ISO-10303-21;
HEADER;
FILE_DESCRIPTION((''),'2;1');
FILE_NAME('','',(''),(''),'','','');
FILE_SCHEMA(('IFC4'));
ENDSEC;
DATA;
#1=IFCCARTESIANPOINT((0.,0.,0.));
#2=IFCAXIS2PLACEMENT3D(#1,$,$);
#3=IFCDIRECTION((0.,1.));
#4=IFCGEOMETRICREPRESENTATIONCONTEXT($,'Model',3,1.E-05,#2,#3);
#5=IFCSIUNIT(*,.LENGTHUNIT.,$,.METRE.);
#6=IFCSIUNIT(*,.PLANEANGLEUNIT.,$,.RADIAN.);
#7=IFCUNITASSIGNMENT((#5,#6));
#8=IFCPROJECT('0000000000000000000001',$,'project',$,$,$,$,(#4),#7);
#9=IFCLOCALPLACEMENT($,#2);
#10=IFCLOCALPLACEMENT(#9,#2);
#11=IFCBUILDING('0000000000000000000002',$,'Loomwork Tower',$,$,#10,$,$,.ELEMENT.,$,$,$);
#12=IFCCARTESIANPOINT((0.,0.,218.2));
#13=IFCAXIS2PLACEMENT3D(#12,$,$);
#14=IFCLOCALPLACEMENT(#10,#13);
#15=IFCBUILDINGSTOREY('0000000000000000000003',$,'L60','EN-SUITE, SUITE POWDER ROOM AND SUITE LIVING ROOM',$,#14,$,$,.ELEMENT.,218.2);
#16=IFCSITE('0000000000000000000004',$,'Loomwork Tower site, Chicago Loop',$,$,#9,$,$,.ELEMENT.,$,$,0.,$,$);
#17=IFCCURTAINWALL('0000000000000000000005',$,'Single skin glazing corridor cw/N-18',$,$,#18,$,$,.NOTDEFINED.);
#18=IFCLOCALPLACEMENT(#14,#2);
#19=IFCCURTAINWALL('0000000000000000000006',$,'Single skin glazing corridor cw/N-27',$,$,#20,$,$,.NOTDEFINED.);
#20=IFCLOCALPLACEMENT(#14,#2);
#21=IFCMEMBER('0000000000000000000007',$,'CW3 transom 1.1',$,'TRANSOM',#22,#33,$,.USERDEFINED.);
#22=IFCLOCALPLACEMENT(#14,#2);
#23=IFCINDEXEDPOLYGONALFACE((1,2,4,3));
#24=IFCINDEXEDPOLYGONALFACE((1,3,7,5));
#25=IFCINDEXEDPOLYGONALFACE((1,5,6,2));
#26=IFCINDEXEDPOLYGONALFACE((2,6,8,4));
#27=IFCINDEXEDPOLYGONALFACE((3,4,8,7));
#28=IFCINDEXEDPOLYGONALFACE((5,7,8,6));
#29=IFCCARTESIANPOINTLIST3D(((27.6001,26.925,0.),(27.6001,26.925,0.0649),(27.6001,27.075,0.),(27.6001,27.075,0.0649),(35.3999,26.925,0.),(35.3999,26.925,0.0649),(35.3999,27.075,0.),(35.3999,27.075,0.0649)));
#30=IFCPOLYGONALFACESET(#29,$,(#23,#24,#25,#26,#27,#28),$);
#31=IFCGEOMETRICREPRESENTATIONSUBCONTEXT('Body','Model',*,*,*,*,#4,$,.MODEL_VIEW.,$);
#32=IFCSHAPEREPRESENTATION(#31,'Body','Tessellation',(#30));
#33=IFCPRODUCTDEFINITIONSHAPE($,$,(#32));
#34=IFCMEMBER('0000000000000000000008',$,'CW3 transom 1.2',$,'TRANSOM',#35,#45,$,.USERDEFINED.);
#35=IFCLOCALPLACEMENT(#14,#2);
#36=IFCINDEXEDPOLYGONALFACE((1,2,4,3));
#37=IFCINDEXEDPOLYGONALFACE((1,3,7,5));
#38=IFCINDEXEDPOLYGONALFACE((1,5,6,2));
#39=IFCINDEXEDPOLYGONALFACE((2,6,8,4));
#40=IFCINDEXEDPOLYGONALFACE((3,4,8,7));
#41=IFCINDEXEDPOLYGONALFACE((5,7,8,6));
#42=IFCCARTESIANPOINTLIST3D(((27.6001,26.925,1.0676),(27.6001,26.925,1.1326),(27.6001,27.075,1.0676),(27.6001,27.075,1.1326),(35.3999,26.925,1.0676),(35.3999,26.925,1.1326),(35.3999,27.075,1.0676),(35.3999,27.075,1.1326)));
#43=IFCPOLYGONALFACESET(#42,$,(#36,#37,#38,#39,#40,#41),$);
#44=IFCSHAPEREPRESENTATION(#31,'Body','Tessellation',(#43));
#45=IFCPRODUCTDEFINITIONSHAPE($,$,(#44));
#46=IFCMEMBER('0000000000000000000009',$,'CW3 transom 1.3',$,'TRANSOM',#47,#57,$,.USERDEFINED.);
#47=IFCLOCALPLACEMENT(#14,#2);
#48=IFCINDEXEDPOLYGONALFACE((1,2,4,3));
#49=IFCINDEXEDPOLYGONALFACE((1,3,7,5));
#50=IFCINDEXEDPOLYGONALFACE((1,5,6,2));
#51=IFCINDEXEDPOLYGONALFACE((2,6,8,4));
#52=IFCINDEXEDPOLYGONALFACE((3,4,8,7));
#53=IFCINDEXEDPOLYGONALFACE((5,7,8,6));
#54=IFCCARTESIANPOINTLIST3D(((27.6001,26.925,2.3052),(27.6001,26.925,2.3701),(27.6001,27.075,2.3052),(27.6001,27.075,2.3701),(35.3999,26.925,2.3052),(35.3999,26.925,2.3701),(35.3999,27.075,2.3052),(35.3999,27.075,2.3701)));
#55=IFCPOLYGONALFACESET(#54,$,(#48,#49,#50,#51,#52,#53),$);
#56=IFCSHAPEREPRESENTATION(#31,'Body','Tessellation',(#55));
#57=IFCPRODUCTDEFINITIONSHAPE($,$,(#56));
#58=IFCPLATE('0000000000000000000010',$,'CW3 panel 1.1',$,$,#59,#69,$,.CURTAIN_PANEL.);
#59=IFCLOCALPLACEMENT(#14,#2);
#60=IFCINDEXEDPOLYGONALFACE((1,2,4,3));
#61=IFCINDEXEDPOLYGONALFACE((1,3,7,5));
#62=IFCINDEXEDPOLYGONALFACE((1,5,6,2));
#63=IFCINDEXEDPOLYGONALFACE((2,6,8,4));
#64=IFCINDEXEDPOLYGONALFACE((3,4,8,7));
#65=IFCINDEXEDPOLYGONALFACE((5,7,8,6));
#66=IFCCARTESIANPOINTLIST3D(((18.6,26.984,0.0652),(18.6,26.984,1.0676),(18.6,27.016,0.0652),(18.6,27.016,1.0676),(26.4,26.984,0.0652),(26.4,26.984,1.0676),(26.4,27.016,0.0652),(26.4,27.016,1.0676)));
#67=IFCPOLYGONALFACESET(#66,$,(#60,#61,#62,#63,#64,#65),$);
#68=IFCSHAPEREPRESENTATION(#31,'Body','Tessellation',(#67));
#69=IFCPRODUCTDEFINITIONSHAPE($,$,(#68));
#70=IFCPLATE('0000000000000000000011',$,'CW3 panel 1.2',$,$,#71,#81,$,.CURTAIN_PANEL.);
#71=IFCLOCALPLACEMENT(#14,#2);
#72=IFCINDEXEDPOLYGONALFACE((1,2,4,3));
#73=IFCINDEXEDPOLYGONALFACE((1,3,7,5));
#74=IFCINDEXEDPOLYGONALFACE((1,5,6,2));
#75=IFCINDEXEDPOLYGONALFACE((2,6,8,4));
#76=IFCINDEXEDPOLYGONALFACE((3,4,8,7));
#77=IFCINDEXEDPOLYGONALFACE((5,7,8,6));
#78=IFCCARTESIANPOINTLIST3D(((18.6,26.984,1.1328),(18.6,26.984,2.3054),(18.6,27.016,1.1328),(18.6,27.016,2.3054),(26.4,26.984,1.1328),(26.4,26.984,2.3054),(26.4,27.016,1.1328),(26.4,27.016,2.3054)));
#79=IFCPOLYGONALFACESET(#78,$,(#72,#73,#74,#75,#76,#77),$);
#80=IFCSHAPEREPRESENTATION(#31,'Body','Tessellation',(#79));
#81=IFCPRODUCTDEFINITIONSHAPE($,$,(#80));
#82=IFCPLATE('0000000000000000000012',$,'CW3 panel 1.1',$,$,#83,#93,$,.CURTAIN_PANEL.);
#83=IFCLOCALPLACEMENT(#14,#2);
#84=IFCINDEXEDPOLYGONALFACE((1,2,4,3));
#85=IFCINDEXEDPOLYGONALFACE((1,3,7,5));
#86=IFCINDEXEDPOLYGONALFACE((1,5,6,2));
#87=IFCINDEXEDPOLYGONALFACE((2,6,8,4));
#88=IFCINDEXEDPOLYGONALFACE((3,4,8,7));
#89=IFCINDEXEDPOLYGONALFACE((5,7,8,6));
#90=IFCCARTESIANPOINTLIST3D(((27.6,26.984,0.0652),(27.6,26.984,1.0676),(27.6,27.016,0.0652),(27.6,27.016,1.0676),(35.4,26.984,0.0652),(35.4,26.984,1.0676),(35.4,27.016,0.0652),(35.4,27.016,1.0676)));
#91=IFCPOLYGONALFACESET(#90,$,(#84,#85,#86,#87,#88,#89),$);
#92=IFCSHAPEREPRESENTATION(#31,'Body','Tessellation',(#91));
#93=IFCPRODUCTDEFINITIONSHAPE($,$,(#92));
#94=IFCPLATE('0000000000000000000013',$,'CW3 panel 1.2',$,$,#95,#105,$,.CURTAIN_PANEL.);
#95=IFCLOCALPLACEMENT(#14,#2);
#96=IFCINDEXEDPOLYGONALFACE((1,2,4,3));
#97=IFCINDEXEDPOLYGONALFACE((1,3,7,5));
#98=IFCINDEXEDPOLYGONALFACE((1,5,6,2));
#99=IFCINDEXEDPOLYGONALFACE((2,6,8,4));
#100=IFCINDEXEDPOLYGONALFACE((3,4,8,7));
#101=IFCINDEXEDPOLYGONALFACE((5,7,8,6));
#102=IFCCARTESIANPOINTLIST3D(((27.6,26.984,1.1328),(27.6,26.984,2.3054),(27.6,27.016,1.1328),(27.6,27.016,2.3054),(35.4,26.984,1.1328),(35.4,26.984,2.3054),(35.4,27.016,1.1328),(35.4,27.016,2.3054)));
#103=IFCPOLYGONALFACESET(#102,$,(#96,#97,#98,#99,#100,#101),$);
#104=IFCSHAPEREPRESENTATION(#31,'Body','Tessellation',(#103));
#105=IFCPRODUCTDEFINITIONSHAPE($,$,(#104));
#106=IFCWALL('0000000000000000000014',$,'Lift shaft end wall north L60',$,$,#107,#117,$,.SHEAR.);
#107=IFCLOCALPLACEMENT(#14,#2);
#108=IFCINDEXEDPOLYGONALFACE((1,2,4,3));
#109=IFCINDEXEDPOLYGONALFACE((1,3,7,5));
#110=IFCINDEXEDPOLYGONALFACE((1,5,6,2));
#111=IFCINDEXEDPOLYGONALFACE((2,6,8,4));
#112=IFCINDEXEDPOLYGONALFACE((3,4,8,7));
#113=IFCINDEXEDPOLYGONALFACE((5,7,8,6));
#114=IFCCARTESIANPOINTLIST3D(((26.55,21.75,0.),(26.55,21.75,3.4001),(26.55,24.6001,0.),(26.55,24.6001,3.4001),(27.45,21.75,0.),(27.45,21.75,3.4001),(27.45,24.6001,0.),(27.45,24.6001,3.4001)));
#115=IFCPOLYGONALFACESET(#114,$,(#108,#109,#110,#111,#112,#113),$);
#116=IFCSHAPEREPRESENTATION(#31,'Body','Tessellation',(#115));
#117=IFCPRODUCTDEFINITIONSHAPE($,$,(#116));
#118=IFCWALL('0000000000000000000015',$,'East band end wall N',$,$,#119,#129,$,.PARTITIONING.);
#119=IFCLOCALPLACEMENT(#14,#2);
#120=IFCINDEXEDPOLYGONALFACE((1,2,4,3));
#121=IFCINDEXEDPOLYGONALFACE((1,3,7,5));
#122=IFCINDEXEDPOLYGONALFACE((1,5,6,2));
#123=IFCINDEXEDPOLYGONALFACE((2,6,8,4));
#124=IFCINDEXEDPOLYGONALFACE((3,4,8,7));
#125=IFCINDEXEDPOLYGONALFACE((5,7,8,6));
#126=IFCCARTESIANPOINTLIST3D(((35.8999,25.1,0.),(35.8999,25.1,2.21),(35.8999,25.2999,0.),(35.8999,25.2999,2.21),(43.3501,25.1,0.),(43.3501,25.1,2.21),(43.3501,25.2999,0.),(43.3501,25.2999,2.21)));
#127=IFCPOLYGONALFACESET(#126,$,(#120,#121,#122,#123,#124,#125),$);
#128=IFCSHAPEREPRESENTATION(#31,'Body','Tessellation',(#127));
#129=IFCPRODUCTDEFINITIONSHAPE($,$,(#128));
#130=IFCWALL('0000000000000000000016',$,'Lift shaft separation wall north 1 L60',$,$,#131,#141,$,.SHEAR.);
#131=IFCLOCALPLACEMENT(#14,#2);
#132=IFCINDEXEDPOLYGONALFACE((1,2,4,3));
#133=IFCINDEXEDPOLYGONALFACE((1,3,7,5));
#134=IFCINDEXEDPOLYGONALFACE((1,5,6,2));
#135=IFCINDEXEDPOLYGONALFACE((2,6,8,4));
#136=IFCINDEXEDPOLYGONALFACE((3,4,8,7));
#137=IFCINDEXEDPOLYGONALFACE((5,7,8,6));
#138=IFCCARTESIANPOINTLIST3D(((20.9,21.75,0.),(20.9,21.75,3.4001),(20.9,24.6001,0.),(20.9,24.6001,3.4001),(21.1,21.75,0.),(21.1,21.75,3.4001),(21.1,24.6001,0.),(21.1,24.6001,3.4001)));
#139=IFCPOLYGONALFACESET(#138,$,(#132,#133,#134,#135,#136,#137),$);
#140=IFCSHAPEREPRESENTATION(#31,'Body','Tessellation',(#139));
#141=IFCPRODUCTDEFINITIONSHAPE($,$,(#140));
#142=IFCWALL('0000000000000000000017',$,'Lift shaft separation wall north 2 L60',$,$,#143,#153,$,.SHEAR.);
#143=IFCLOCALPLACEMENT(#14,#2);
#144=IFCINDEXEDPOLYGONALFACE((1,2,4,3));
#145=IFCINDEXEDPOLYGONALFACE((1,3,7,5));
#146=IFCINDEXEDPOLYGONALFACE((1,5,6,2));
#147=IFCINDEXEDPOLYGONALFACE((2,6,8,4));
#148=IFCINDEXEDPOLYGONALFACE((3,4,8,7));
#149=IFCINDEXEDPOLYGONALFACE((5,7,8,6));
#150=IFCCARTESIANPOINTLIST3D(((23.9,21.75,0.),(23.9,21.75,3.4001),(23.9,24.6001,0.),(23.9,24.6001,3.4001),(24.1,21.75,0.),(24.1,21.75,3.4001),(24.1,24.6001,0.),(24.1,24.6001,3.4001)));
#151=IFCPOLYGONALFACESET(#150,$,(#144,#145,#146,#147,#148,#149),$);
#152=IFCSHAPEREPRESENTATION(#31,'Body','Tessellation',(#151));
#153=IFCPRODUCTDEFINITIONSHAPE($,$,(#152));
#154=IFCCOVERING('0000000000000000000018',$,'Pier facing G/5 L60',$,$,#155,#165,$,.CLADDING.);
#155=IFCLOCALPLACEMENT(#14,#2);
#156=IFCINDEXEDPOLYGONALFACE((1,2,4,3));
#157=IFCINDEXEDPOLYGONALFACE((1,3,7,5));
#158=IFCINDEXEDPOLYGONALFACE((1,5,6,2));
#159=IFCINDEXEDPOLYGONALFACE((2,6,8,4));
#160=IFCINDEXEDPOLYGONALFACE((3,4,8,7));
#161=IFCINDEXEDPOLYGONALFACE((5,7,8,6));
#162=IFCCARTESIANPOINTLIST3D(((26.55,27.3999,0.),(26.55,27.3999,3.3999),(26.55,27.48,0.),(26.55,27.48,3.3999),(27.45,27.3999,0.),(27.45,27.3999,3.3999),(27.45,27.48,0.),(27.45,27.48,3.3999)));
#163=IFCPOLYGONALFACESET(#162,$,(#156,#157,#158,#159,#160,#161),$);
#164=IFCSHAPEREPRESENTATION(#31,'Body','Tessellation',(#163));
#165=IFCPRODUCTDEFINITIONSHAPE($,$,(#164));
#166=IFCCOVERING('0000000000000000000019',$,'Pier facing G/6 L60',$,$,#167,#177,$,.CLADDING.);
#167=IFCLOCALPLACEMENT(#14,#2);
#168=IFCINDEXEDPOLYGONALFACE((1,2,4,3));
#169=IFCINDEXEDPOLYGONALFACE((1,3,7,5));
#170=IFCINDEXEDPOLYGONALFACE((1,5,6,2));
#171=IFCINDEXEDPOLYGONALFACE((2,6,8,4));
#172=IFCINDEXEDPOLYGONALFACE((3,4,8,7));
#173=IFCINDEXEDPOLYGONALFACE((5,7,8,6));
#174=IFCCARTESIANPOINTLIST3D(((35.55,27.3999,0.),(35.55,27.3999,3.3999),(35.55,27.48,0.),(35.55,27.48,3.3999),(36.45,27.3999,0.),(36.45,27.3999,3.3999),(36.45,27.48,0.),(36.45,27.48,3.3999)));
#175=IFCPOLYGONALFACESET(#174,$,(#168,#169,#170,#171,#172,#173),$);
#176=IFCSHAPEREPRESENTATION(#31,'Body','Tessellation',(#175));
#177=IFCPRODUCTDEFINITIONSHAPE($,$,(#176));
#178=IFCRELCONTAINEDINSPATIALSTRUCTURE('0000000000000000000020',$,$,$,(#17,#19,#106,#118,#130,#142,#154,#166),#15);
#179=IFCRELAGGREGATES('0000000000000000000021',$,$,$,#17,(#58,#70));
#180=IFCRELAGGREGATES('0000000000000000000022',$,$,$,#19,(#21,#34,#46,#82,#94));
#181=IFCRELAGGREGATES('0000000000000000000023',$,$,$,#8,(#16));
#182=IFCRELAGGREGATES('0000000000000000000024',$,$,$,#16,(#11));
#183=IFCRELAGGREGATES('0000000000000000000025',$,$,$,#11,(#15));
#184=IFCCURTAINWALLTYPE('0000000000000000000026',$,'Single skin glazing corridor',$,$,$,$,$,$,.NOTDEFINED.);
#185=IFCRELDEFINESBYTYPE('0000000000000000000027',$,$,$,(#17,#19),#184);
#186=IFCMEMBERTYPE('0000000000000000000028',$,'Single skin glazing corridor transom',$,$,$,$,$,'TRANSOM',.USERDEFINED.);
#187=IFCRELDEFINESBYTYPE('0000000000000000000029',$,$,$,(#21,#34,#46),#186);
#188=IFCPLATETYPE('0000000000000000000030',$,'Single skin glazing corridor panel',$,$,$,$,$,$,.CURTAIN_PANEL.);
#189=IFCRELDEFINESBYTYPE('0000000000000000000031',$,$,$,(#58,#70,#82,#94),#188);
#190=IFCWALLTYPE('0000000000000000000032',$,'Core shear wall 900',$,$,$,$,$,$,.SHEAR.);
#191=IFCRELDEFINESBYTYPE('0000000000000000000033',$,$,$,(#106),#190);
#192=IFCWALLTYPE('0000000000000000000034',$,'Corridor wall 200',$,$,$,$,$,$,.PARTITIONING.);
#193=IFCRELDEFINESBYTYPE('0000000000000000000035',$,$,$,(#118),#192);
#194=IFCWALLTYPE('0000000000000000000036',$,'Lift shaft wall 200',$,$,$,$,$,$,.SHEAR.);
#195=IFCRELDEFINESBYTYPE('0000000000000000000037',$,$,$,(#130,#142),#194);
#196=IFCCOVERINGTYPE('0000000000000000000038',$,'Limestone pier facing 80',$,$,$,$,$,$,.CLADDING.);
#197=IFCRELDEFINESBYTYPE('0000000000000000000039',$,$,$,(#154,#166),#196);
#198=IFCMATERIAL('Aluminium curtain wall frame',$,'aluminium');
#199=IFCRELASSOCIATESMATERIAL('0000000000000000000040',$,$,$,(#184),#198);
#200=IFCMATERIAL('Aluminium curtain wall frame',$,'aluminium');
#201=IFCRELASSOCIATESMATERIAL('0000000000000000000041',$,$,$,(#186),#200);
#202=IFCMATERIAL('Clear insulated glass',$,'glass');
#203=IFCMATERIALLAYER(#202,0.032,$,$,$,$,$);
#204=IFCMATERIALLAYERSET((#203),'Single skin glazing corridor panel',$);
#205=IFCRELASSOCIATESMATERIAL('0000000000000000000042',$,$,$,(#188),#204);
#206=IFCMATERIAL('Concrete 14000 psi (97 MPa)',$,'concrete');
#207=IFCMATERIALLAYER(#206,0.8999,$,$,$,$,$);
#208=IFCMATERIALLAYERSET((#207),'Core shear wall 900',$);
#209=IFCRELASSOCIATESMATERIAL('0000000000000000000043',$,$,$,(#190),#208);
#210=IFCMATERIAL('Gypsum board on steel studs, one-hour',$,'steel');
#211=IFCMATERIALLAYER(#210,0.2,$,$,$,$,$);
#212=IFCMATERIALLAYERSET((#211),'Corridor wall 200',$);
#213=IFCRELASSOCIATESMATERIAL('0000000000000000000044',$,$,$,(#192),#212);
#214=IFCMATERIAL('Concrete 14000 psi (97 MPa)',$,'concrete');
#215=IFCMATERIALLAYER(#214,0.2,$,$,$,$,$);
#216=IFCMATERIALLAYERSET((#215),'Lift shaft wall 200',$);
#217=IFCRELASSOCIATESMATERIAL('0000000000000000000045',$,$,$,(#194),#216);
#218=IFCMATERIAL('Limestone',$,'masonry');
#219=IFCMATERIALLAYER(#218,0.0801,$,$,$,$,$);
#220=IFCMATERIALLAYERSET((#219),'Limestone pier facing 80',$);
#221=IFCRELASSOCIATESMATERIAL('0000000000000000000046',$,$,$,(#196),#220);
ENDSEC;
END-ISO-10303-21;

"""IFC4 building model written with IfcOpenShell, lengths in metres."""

from ifc_helpers import new_model, si_unit, direction, frame, frame_2d, origin, origin_2d, place, context, subcontext, project, spatial, rectangle, extrude, material, layer, layer_set, material_profile, profile_set, type_object, element, aggregate, save


model = new_model("IFC4")

# Units and contexts
model_context = context("Model", 3, precision=1e-05, world=origin(), true_north=direction((0.0, 1.0)))
body_context = subcontext(model_context, "Body", "Model", "MODEL_VIEW")
ifc_project = project(units=[si_unit("LENGTHUNIT", "METRE"), si_unit("PLANEANGLEUNIT", "RADIAN")], contexts=[model_context])

# Site, building, storey
site_placement = place(None, origin())
site = spatial("IfcSite", under=ifc_project, at=site_placement, Name="Loomwork Tower site, Chicago Loop", CompositionType="ELEMENT", RefElevation=0.0)
building_placement = place(site_placement, origin())
building = spatial("IfcBuilding", under=site, at=building_placement, Name="Loomwork Tower", CompositionType="ELEMENT")
storey_placement = place(building_placement, frame((0.0, 0.0, 218.2)))
storey = spatial("IfcBuildingStorey", under=building, at=storey_placement, Name="L60", Description="EN-SUITE, SUITE POWDER ROOM AND SUITE LIVING ROOM", CompositionType="ELEMENT", Elevation=218.2)

# Curtain wall
ifc_material_1 = material(Name="Aluminium curtain wall frame", Category="aluminium")
curtain_wall_type = type_object("IfcCurtainWallType", Name="Single skin glazing corridor", PredefinedType="NOTDEFINED", material=ifc_material_1)
curtain_wall_1_placement = place(storey_placement, origin())
curtain_wall_1 = element("IfcCurtainWall", 1, at=curtain_wall_1_placement, inside=storey, type_object=curtain_wall_type, Name="Single skin glazing corridor cw/N-18", PredefinedType="NOTDEFINED")

# Curtain wall
curtain_wall_2_placement = place(storey_placement, origin())
curtain_wall_2 = element("IfcCurtainWall", 2, at=curtain_wall_2_placement, inside=storey, type_object=curtain_wall_type, Name="Single skin glazing corridor cw/N-27", PredefinedType="NOTDEFINED")

# Members
ifc_material_2 = material(Name="Aluminium curtain wall frame", Category="aluminium")
ifc_material_profile_1 = material_profile(ifc_material_2, rectangle(XDim=0.1499, YDim=0.0649, at=origin_2d()), Name="AL 65x150")
ifc_profile_set_1 = profile_set([ifc_material_profile_1], Name="Aluminium curtain wall frame")
member_type_1 = type_object("IfcMemberType", Name="Single skin glazing corridor transom", ElementType="TRANSOM", PredefinedType="USERDEFINED", material=ifc_profile_set_1)
member_1_placement = place(storey_placement, frame((35.3999, 27.0, 0.0325), z_axis=(-1.0, 0.0, 0.0), x_axis=(0.0, -1.0, 0.0)))
member_1 = element("IfcMember", 3, at=member_1_placement, type_object=member_type_1, Name="CW3 transom 1.1", ObjectType="TRANSOM", PredefinedType="USERDEFINED", context=body_context, shape_type="SweptSolid", body=[
    extrude(rectangle(XDim=0.1499, YDim=0.0649, at=origin_2d()), origin(), (0.0, 0.0, 1.0), 7.7998),
])
member_2_placement = place(storey_placement, frame((35.3999, 27.0, 1.1001), z_axis=(-1.0, 0.0, 0.0), x_axis=(0.0, -1.0, 0.0)))
member_2 = element("IfcMember", 4, at=member_2_placement, type_object=member_type_1, Name="CW3 transom 1.2", ObjectType="TRANSOM", PredefinedType="USERDEFINED", context=body_context, shape_type="SweptSolid", body=[
    extrude(rectangle(XDim=0.1499, YDim=0.0649, at=origin_2d()), origin(), (0.0, 0.0, 1.0), 7.7998),
])
member_3_placement = place(storey_placement, frame((35.3999, 27.0, 2.3376), z_axis=(-1.0, 0.0, 0.0), x_axis=(0.0, -1.0, 0.0)))
member_3 = element("IfcMember", 5, at=member_3_placement, type_object=member_type_1, Name="CW3 transom 1.3", ObjectType="TRANSOM", PredefinedType="USERDEFINED", context=body_context, shape_type="SweptSolid", body=[
    extrude(rectangle(XDim=0.1499, YDim=0.0649, at=origin_2d()), origin(), (0.0, 0.0, 1.0), 7.7998),
])

# Plates
ifc_material_3 = material(Name="Clear insulated glass", Category="glass")
ifc_layer_1 = layer(ifc_material_3, 0.032)
ifc_layer_set_1 = layer_set([ifc_layer_1], Name="Single skin glazing corridor panel")
plate_type = type_object("IfcPlateType", Name="Single skin glazing corridor panel", PredefinedType="CURTAIN_PANEL", material=ifc_layer_set_1)
plate_1_placement = place(storey_placement, frame((22.5, 27.0, 0.0652), z_axis=(0.0, 0.0, 1.0), x_axis=(-1.0, 0.0, 0.0)))
plate_1 = element("IfcPlate", 6, at=plate_1_placement, type_object=plate_type, Name="CW3 panel 1.1", PredefinedType="CURTAIN_PANEL", context=body_context, shape_type="SweptSolid", body=[
    extrude(rectangle(XDim=7.8, YDim=0.032, at=origin_2d()), origin(), (0.0, 0.0, 1.0), 1.0024),
])
plate_2_placement = place(storey_placement, frame((22.5, 27.0, 1.1328), z_axis=(0.0, 0.0, 1.0), x_axis=(-1.0, 0.0, 0.0)))
plate_2 = element("IfcPlate", 7, at=plate_2_placement, type_object=plate_type, Name="CW3 panel 1.2", PredefinedType="CURTAIN_PANEL", context=body_context, shape_type="SweptSolid", body=[
    extrude(rectangle(XDim=7.8, YDim=0.032, at=origin_2d()), origin(), (0.0, 0.0, 1.0), 1.1726),
])
aggregate(curtain_wall_1, [plate_1, plate_2])
plate_3_placement = place(storey_placement, frame((31.5, 27.0, 0.0652), z_axis=(0.0, 0.0, 1.0), x_axis=(-1.0, 0.0, 0.0)))
plate_3 = element("IfcPlate", 8, at=plate_3_placement, type_object=plate_type, Name="CW3 panel 1.1", PredefinedType="CURTAIN_PANEL", context=body_context, shape_type="SweptSolid", body=[
    extrude(rectangle(XDim=7.8, YDim=0.032, at=origin_2d()), origin(), (0.0, 0.0, 1.0), 1.0024),
])
plate_4_placement = place(storey_placement, frame((31.5, 27.0, 1.1328), z_axis=(0.0, 0.0, 1.0), x_axis=(-1.0, 0.0, 0.0)))
plate_4 = element("IfcPlate", 9, at=plate_4_placement, type_object=plate_type, Name="CW3 panel 1.2", PredefinedType="CURTAIN_PANEL", context=body_context, shape_type="SweptSolid", body=[
    extrude(rectangle(XDim=7.8, YDim=0.032, at=origin_2d()), origin(), (0.0, 0.0, 1.0), 1.1726),
])
aggregate(curtain_wall_2, [member_1, member_2, member_3, plate_3, plate_4])

# Walls
ifc_material_4 = material(Name="Concrete 14000 psi (97 MPa)", Category="concrete")
ifc_layer_2 = layer(ifc_material_4, 0.8999)
ifc_layer_set_2 = layer_set([ifc_layer_2], Name="Core shear wall 900")
wall_type_1 = type_object("IfcWallType", Name="Core shear wall 900", PredefinedType="SHEAR", material=ifc_layer_set_2)
wall_1_placement = place(storey_placement, frame((27.0, 21.75, 0.0), z_axis=(0.0, 0.0, 1.0), x_axis=(0.0, 1.0, 0.0)))
element("IfcWall", 10, at=wall_1_placement, inside=storey, type_object=wall_type_1, Name="Lift shaft end wall north L60", PredefinedType="SHEAR", context=body_context, shape_type="SweptSolid", body=[
    extrude(rectangle(XDim=2.8501, YDim=0.8999, at=frame_2d((1.425, 0.0))), origin(), (0.0, 0.0, 1.0), 3.4001),
])
ifc_material_5 = material(Name="Gypsum board on steel studs, one-hour", Category="steel")
ifc_layer_3 = layer(ifc_material_5, 0.2)
ifc_layer_set_3 = layer_set([ifc_layer_3], Name="Corridor wall 200")
wall_type_2 = type_object("IfcWallType", Name="Corridor wall 200", PredefinedType="PARTITIONING", material=ifc_layer_set_3)
wall_2_placement = place(storey_placement, frame((35.8999, 25.2, 0.0), z_axis=(0.0, 0.0, 1.0), x_axis=(1.0, 0.0, 0.0)))
element("IfcWall", 11, at=wall_2_placement, inside=storey, type_object=wall_type_2, Name="East band end wall N", PredefinedType="PARTITIONING", context=body_context, shape_type="SweptSolid", body=[
    extrude(rectangle(XDim=7.4502, YDim=0.2, at=frame_2d((3.7251, 0.0))), origin(), (0.0, 0.0, 1.0), 2.21),
])
ifc_material_6 = material(Name="Concrete 14000 psi (97 MPa)", Category="concrete")
ifc_layer_4 = layer(ifc_material_6, 0.2)
ifc_layer_set_4 = layer_set([ifc_layer_4], Name="Lift shaft wall 200")
wall_type_3 = type_object("IfcWallType", Name="Lift shaft wall 200", PredefinedType="SHEAR", material=ifc_layer_set_4)
for number, where, z_axis, x_axis, name in (
    (12, (21.0, 21.75, 0.0), (0.0, 0.0, 1.0), (0.0, 1.0, 0.0), "Lift shaft separation wall north 1 L60"),
    (13, (24.0, 21.75, 0.0), (0.0, 0.0, 1.0), (0.0, 1.0, 0.0), "Lift shaft separation wall north 2 L60"),
):
    element("IfcWall", number, at=place(storey_placement, frame(where, z_axis=z_axis, x_axis=x_axis)), inside=storey, type_object=wall_type_3, Name=name, PredefinedType="SHEAR", context=body_context, shape_type="SweptSolid", body=[
        extrude(rectangle(XDim=2.8501, YDim=0.2, at=frame_2d((1.425, 0.0))), origin(), (0.0, 0.0, 1.0), 3.4001),
    ])

# Coverings
ifc_material_7 = material(Name="Limestone", Category="masonry")
ifc_layer_5 = layer(ifc_material_7, 0.0801)
ifc_layer_set_5 = layer_set([ifc_layer_5], Name="Limestone pier facing 80")
covering_type = type_object("IfcCoveringType", Name="Limestone pier facing 80", PredefinedType="CLADDING", material=ifc_layer_set_5)
for number, where, z_axis, x_axis, name in (
    (14, (27.0, 27.4399, 0.0), (0.0, 0.0, 1.0), (1.0, 0.0, 0.0), "Pier facing G/5 L60"),
    (15, (36.0, 27.4399, 0.0), (0.0, 0.0, 1.0), (1.0, 0.0, 0.0), "Pier facing G/6 L60"),
):
    element("IfcCovering", number, at=place(storey_placement, frame(where, z_axis=z_axis, x_axis=x_axis)), inside=storey, type_object=covering_type, Name=name, PredefinedType="CLADDING", context=body_context, shape_type="SweptSolid", body=[
        extrude(rectangle(XDim=0.8999, YDim=0.0801, at=origin_2d()), origin(), (0.0, 0.0, 1.0), 3.3999),
    ])

save(model, "model.ifc")
